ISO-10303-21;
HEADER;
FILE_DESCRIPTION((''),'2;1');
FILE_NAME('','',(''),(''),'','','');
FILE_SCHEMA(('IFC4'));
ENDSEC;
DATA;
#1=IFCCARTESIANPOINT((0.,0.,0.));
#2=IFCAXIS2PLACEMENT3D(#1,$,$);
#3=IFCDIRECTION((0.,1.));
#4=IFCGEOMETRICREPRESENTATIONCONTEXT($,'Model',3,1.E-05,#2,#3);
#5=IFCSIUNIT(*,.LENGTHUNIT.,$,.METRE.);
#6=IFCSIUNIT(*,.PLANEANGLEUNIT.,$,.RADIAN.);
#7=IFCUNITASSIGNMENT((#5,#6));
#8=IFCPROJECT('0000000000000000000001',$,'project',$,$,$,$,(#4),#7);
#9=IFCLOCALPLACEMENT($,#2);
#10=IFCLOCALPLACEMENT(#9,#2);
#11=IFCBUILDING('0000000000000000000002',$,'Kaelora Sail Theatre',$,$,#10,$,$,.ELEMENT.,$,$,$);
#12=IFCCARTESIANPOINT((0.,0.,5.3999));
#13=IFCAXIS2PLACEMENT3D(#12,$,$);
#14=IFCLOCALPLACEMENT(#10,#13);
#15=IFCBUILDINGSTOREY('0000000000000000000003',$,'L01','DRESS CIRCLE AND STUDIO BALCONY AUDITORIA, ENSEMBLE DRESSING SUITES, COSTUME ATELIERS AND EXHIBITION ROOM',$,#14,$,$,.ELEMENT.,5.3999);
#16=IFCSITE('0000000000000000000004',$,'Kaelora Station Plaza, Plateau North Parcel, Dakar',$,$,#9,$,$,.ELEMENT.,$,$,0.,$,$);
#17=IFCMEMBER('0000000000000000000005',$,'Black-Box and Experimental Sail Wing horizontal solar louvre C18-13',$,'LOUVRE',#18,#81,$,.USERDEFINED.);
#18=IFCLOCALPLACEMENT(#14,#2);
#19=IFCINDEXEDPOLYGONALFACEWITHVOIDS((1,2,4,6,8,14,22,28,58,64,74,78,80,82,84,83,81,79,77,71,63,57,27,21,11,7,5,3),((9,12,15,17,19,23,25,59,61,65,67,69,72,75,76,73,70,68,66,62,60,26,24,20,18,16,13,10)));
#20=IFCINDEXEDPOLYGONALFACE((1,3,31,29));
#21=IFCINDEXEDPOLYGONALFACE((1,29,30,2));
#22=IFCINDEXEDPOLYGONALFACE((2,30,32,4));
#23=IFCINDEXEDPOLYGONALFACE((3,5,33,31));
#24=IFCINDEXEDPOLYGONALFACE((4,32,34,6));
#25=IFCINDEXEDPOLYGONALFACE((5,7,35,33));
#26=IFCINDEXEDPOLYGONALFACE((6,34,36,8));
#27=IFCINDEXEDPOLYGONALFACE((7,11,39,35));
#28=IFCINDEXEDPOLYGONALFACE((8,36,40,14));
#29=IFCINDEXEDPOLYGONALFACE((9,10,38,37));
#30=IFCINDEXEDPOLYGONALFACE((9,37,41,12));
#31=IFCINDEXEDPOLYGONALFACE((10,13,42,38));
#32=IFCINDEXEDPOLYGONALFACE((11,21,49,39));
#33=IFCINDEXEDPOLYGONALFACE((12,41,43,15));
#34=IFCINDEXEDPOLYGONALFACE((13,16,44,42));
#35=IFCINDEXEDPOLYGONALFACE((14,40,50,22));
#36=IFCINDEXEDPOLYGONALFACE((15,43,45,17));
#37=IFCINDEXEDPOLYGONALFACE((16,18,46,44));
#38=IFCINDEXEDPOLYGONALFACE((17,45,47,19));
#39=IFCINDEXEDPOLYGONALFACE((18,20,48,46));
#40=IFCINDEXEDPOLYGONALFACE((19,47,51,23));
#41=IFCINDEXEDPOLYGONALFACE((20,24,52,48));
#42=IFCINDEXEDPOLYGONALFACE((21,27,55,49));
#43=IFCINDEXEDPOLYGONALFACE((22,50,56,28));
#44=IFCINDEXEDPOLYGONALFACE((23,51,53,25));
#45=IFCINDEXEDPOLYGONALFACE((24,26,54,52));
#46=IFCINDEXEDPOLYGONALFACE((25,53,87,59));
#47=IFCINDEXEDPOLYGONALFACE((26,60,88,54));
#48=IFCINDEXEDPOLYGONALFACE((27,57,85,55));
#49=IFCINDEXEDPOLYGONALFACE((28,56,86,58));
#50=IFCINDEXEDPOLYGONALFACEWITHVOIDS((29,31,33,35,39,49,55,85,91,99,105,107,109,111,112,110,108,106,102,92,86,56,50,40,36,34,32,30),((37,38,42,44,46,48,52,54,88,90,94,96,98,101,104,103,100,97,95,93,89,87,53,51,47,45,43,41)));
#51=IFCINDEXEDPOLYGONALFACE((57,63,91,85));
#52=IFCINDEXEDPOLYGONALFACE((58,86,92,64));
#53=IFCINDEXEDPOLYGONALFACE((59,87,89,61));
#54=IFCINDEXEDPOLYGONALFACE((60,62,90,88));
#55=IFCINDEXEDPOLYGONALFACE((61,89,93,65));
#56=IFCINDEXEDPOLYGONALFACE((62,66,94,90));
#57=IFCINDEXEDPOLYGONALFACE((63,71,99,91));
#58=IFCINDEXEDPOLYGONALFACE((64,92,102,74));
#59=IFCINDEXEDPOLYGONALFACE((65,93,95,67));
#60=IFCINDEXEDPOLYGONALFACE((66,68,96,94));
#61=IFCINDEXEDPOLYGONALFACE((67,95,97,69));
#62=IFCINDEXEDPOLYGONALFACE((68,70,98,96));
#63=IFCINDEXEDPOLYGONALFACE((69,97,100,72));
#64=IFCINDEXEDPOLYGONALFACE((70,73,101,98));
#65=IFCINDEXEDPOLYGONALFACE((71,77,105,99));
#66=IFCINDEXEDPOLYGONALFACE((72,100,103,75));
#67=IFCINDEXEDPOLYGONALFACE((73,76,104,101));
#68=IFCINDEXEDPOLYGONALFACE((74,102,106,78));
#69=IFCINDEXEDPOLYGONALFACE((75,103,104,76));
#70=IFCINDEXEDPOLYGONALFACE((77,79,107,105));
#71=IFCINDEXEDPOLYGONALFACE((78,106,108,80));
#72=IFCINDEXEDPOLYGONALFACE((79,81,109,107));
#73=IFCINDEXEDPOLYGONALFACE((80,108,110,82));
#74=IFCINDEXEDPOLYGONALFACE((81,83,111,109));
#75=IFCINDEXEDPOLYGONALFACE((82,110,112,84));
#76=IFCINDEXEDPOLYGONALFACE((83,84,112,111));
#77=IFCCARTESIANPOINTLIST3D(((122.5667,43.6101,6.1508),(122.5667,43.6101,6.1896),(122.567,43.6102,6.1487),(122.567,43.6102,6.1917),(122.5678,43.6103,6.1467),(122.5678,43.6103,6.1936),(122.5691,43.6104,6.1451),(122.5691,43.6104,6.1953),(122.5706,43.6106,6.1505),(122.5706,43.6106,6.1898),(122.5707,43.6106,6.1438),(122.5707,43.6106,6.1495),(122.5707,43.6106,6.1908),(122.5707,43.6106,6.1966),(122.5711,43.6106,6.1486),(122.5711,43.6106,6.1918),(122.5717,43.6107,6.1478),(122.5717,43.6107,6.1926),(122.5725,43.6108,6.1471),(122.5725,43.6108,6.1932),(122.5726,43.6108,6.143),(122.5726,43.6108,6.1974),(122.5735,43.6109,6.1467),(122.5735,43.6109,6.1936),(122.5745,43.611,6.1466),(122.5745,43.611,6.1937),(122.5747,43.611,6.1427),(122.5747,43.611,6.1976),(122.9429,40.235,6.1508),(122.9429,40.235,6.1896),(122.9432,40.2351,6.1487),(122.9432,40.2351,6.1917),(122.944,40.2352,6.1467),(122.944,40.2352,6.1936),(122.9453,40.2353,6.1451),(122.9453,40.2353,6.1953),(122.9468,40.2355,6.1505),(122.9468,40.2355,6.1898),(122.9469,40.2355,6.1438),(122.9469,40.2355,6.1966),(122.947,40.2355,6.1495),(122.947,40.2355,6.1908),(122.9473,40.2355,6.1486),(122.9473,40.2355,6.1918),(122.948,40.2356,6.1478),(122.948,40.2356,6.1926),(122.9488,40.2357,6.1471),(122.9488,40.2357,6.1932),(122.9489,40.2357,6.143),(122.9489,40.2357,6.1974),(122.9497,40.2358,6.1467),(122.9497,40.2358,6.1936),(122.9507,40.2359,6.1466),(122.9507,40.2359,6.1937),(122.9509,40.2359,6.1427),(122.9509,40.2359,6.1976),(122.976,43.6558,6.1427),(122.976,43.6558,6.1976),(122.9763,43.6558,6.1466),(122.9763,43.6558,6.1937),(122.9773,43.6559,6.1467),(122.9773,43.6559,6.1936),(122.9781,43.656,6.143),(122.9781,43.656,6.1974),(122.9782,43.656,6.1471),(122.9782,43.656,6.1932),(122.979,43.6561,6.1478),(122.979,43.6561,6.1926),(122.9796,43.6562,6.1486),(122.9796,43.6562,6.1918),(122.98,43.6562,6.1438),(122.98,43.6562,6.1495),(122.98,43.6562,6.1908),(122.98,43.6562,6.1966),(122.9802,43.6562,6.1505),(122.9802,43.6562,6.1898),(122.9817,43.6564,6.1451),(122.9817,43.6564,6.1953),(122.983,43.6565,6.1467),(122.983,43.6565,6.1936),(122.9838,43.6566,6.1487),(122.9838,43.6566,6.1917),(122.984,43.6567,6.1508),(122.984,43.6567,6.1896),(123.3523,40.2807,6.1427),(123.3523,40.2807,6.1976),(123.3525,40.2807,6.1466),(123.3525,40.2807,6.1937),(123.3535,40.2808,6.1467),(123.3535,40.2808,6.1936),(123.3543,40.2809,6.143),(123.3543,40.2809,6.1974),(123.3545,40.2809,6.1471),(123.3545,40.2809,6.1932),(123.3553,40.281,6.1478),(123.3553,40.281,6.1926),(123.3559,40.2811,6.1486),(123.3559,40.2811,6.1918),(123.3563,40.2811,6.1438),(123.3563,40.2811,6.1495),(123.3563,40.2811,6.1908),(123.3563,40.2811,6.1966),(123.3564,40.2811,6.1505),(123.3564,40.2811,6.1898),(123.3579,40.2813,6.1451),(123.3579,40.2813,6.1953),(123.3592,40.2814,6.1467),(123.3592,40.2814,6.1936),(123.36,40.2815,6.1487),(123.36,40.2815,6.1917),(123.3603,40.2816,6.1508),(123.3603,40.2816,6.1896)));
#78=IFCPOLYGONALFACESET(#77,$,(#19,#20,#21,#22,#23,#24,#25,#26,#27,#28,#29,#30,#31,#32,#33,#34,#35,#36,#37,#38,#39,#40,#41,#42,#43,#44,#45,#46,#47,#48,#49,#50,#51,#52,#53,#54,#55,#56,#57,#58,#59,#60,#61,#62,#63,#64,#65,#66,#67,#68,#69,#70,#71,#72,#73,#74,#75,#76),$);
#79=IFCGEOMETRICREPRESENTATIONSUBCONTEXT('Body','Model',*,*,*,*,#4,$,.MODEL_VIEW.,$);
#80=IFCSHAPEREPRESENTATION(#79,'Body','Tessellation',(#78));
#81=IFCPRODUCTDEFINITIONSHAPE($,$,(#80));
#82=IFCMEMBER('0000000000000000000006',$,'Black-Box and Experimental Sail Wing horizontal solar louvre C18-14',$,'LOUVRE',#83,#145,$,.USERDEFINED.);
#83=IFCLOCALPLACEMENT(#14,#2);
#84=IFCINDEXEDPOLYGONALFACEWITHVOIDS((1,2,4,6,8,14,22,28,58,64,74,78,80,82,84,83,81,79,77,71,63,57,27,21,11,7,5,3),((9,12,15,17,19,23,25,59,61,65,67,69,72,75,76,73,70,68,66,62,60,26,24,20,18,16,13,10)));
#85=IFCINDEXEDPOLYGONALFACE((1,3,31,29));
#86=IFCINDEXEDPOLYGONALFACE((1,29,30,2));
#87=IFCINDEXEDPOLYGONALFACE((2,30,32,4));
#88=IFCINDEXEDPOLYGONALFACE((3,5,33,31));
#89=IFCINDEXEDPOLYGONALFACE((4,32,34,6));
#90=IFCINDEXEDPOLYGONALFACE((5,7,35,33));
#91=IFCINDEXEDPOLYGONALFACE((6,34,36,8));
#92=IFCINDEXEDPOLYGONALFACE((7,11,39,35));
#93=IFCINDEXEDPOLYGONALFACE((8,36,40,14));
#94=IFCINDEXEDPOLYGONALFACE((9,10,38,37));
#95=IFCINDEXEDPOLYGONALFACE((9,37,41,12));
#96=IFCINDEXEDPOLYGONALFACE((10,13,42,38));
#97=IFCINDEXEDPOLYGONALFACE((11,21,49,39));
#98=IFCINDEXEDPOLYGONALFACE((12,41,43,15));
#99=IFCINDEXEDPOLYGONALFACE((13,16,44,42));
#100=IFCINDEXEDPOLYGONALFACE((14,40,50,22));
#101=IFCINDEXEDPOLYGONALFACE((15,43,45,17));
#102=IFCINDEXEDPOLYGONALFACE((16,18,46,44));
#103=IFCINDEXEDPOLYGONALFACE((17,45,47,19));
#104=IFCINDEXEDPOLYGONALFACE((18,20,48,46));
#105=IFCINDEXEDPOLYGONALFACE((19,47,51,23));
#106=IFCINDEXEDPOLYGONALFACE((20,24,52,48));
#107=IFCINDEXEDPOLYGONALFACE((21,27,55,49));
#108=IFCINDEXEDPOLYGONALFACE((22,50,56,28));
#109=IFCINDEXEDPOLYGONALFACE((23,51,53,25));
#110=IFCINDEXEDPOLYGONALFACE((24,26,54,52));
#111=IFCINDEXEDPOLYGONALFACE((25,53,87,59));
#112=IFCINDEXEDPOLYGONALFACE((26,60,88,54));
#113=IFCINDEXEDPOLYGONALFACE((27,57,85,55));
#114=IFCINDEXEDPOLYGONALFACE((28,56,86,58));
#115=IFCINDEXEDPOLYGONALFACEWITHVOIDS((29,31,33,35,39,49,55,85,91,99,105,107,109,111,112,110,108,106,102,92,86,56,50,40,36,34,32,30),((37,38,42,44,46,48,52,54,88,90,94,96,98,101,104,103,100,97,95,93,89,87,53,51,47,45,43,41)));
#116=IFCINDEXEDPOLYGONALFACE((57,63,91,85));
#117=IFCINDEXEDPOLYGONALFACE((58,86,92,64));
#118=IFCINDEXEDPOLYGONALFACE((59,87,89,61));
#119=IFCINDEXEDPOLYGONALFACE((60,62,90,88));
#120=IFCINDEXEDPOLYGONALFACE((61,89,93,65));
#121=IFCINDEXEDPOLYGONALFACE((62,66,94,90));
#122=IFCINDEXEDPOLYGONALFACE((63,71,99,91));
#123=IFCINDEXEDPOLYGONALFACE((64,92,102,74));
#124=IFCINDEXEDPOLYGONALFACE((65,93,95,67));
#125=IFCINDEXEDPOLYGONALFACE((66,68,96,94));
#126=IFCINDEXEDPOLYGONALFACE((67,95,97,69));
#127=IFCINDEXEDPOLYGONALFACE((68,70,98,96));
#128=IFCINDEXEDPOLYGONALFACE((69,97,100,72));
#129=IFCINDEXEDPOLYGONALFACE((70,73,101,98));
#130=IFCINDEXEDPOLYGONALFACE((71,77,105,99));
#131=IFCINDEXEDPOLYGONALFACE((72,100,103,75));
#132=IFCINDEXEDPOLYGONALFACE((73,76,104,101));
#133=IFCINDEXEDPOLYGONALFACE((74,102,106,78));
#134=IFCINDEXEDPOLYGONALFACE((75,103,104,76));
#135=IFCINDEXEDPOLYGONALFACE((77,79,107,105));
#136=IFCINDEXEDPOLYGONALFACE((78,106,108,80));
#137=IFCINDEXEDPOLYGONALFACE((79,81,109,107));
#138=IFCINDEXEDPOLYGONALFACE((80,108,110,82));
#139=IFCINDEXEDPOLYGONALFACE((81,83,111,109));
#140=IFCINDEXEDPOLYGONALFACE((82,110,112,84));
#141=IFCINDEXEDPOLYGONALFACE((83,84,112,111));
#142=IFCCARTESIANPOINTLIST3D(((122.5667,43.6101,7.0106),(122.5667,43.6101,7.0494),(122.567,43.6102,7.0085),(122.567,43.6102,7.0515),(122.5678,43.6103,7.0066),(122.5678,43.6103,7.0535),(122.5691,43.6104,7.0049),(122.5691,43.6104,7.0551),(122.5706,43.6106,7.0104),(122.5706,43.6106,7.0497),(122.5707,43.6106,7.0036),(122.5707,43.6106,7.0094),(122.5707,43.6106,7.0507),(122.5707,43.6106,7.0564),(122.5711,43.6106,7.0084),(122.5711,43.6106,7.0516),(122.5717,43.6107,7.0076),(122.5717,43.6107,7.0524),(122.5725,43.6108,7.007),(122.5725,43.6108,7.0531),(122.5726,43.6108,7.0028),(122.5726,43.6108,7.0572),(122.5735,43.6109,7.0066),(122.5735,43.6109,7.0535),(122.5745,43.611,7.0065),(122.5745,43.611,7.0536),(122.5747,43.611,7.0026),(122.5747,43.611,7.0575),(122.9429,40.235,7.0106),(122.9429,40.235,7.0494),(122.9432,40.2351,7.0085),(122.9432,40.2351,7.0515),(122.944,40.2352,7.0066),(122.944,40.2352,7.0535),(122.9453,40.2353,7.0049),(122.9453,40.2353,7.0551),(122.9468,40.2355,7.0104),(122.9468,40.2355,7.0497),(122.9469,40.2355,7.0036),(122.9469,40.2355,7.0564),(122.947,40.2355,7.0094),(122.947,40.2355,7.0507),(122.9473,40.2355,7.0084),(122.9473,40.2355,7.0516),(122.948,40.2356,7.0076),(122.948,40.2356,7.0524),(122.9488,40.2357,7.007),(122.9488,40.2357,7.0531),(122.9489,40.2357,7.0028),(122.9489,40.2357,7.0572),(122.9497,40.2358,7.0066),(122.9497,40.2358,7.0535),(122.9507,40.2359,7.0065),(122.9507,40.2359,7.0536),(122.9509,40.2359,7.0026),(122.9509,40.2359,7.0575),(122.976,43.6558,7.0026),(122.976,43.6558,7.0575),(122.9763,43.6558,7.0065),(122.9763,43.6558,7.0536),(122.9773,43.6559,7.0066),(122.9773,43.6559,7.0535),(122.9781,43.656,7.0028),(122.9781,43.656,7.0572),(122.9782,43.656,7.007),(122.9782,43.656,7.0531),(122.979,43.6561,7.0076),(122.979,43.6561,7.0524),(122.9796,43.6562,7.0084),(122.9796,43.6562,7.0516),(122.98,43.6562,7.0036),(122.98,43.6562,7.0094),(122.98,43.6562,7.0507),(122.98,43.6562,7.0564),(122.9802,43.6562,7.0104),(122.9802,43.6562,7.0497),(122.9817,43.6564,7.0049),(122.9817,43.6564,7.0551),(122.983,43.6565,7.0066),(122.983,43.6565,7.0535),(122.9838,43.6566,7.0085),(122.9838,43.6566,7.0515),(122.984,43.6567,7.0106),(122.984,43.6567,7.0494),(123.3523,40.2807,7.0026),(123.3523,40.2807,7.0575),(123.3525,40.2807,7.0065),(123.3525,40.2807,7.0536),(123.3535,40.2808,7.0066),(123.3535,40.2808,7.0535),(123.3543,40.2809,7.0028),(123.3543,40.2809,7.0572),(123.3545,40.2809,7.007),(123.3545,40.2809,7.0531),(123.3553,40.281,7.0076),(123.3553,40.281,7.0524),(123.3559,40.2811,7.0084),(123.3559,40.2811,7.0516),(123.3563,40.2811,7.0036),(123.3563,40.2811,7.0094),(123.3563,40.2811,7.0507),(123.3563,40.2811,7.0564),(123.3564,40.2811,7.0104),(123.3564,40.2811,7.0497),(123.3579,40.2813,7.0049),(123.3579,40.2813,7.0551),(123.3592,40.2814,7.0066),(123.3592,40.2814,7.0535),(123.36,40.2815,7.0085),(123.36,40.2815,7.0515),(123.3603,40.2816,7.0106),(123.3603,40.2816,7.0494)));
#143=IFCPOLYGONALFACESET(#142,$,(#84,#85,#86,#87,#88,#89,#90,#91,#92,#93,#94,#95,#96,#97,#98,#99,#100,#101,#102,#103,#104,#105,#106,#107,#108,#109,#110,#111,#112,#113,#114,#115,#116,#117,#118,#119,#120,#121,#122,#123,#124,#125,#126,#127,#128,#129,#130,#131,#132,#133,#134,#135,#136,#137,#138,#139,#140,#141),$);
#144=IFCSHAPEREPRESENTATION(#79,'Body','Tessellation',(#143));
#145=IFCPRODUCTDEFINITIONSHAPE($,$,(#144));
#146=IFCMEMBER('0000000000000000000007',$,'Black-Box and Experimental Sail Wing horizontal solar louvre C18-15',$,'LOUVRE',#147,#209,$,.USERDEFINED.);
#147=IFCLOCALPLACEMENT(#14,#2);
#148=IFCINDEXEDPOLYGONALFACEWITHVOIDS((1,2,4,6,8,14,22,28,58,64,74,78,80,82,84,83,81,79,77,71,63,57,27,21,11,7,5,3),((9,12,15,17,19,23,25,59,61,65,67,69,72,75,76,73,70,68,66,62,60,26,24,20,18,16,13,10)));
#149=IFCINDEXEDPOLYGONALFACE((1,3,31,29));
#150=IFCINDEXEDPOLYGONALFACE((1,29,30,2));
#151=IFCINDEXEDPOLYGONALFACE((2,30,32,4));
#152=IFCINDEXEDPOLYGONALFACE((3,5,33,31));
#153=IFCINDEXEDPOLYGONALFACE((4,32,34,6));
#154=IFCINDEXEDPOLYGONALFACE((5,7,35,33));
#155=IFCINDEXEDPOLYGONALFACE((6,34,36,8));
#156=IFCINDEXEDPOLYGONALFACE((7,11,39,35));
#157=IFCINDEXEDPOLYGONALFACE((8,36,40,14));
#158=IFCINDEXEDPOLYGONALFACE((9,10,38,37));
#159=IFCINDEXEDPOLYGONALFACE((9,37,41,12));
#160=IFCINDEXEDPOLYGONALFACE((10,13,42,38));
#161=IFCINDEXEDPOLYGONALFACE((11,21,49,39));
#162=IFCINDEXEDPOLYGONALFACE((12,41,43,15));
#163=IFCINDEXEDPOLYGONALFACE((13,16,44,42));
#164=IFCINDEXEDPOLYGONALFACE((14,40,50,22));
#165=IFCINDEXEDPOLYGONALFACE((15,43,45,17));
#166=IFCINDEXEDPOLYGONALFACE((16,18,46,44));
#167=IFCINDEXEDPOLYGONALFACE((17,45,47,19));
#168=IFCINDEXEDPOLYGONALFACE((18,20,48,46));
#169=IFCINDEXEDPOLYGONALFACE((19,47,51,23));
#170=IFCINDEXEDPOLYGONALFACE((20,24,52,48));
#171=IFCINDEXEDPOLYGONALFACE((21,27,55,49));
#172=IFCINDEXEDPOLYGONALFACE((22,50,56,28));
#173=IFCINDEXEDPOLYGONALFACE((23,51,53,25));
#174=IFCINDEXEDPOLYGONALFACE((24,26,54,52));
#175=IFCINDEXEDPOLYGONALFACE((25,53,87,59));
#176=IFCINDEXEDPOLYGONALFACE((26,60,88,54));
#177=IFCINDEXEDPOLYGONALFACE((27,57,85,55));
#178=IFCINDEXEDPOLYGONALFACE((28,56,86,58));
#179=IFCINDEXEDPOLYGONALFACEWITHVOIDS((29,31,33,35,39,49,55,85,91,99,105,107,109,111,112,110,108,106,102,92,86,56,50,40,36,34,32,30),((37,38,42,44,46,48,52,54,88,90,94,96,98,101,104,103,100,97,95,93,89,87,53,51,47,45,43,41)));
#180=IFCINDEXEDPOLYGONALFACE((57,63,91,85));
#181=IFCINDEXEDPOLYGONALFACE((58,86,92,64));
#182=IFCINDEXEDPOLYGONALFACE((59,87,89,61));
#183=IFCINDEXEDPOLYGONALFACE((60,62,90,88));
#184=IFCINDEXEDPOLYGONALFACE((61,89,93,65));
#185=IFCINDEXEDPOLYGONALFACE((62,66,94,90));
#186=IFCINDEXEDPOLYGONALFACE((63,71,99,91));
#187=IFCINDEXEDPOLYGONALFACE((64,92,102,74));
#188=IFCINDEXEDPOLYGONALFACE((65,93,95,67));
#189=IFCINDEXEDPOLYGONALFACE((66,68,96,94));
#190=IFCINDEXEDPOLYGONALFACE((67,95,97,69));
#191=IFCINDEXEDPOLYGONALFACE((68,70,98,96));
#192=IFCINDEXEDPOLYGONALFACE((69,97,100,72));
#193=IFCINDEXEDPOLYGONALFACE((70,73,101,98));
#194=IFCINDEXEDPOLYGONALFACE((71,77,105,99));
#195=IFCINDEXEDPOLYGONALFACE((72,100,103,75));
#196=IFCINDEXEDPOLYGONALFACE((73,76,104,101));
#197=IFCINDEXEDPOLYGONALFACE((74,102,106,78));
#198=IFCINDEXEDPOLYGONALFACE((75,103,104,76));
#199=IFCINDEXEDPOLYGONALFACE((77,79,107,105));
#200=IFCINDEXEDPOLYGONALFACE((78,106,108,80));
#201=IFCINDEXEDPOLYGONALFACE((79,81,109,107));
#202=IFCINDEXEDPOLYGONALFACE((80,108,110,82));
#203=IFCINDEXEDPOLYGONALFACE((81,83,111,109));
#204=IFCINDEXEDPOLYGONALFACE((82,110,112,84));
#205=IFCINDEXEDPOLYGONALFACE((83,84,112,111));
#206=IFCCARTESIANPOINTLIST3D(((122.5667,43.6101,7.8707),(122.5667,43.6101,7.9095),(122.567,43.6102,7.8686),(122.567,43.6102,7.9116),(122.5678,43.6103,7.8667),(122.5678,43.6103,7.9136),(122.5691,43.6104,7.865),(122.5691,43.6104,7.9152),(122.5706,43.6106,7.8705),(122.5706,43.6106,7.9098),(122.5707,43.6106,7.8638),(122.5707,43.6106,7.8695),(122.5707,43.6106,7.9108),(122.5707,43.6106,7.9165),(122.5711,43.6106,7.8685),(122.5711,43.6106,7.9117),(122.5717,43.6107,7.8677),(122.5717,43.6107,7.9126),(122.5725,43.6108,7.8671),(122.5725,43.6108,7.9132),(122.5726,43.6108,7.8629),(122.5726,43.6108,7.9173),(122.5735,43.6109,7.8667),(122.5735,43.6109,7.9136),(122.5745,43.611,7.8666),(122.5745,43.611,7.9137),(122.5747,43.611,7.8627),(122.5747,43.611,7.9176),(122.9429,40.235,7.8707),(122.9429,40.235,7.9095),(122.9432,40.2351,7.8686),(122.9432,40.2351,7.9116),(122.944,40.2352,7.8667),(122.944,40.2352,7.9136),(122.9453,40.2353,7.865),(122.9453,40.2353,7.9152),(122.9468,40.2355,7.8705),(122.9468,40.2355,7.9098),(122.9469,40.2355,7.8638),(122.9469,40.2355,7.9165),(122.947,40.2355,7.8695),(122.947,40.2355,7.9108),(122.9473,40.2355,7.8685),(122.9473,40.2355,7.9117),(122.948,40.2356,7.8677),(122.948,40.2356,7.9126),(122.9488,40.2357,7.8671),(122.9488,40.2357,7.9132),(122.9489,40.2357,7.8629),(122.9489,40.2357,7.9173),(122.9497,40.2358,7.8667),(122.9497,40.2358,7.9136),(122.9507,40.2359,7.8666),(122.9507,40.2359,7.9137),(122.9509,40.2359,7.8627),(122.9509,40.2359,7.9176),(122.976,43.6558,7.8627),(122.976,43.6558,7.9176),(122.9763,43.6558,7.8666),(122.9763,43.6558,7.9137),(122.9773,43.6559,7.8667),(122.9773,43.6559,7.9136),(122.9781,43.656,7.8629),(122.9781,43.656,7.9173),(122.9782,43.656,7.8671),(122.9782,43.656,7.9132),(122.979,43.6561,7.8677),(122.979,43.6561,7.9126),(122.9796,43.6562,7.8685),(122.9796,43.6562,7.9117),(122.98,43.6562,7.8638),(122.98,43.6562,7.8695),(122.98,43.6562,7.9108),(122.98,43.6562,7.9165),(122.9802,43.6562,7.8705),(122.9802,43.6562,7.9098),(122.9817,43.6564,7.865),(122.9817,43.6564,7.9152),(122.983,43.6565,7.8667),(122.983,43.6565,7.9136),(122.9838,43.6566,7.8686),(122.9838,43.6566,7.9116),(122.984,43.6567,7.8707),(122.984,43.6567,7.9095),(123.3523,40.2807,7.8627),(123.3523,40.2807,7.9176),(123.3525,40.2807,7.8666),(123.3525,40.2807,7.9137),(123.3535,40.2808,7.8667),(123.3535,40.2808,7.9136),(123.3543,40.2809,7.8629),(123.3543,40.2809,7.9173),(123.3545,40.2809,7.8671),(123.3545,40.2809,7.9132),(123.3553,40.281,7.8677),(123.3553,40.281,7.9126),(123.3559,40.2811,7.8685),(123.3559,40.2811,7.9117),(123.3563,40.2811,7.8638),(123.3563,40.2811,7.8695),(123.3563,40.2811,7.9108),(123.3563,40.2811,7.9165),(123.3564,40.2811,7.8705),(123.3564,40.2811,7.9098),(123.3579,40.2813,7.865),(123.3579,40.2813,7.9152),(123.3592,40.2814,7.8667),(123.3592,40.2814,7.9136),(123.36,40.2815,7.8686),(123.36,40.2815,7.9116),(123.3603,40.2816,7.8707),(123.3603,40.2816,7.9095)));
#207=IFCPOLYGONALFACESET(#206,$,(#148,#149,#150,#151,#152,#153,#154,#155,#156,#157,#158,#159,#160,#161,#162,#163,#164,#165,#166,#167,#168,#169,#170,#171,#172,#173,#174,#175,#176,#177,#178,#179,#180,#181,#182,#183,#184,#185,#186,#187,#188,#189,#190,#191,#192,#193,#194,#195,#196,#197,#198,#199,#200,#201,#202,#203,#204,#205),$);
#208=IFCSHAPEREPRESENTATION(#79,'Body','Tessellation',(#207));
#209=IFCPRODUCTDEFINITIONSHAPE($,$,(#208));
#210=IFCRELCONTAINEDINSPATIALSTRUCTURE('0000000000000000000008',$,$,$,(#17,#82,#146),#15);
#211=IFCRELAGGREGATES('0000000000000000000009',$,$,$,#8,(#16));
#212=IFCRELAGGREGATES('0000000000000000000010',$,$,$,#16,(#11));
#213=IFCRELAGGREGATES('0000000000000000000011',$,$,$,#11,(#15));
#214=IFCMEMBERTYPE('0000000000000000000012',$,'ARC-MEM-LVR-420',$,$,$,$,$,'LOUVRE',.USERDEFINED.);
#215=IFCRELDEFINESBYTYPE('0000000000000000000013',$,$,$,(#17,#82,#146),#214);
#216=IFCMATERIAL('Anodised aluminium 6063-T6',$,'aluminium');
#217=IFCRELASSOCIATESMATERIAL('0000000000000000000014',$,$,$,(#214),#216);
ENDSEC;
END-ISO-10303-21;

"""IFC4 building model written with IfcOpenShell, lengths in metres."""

from ifc_helpers import new_model, si_unit, direction, frame, origin, origin_2d, place, context, subcontext, project, spatial, hollow_rectangle, extrude, material, material_profile, profile_set, type_object, element, save


model = new_model("IFC4")

# Units and contexts
model_context = context("Model", 3, precision=1e-05, world=origin(), true_north=direction((0.0, 1.0)))
body_context = subcontext(model_context, "Body", "Model", "MODEL_VIEW")
ifc_project = project(units=[si_unit("LENGTHUNIT", "METRE"), si_unit("PLANEANGLEUNIT", "RADIAN")], contexts=[model_context])

# Site, building, storey
site_placement = place(None, origin())
site = spatial("IfcSite", under=ifc_project, at=site_placement, Name="Kaelora Station Plaza, Plateau North Parcel, Dakar", CompositionType="ELEMENT", RefElevation=0.0)
building_placement = place(site_placement, origin())
building = spatial("IfcBuilding", under=site, at=building_placement, Name="Kaelora Sail Theatre", CompositionType="ELEMENT")
storey_placement = place(building_placement, frame((0.0, 0.0, 5.3999)))
storey = spatial("IfcBuildingStorey", under=building, at=storey_placement, Name="L01", Description="DRESS CIRCLE AND STUDIO BALCONY AUDITORIA, ENSEMBLE DRESSING SUITES, COSTUME ATELIERS AND EXHIBITION ROOM", CompositionType="ELEMENT", Elevation=5.3999)

# Members
ifc_material_1 = material(Name="Anodised aluminium 6063-T6", Category="aluminium")
ifc_material_profile_1 = material_profile(ifc_material_1, hollow_rectangle(XDim=0.4199, YDim=0.0549, WallThickness=0.0039, InnerFilletRadius=0.0039, OuterFilletRadius=0.0081, at=origin_2d()), Name="LOUVRE 420x55x4")
ifc_profile_set_1 = profile_set([ifc_material_profile_1], Name="Anodised aluminium 6063-T6")
member_type_1 = type_object("IfcMemberType", Name="ARC-MEM-LVR-420", ElementType="LOUVRE", PredefinedType="USERDEFINED", material=ifc_profile_set_1)
for number, where, z_axis, x_axis, name in (
    (1, (123.1516, 40.2583, 6.1702), (-0.110787, 0.993844, 0.0), (-0.993844, -0.110787, 0.0), "Black-Box and Experimental Sail Wing horizontal solar louvre C18-13"),
    (2, (123.1516, 40.2583, 7.03), (-0.110787, 0.993844, 0.0), (-0.993844, -0.110787, 0.0), "Black-Box and Experimental Sail Wing horizontal solar louvre C18-14"),
    (3, (123.1516, 40.2583, 7.8901), (-0.110787, 0.993844, 0.0), (-0.993844, -0.110787, 0.0), "Black-Box and Experimental Sail Wing horizontal solar louvre C18-15"),
):
    element("IfcMember", number, at=place(storey_placement, frame(where, z_axis=z_axis, x_axis=x_axis)), inside=storey, type_object=member_type_1, Name=name, ObjectType="LOUVRE", PredefinedType="USERDEFINED", context=body_context, shape_type="SweptSolid", body=[
        extrude(hollow_rectangle(XDim=0.4199, YDim=0.0549, WallThickness=0.0039, InnerFilletRadius=0.0039, OuterFilletRadius=0.0081, at=origin_2d()), origin(), (0.0, 0.0, 1.0), 3.396),
    ])

save(model, "model.ifc")
